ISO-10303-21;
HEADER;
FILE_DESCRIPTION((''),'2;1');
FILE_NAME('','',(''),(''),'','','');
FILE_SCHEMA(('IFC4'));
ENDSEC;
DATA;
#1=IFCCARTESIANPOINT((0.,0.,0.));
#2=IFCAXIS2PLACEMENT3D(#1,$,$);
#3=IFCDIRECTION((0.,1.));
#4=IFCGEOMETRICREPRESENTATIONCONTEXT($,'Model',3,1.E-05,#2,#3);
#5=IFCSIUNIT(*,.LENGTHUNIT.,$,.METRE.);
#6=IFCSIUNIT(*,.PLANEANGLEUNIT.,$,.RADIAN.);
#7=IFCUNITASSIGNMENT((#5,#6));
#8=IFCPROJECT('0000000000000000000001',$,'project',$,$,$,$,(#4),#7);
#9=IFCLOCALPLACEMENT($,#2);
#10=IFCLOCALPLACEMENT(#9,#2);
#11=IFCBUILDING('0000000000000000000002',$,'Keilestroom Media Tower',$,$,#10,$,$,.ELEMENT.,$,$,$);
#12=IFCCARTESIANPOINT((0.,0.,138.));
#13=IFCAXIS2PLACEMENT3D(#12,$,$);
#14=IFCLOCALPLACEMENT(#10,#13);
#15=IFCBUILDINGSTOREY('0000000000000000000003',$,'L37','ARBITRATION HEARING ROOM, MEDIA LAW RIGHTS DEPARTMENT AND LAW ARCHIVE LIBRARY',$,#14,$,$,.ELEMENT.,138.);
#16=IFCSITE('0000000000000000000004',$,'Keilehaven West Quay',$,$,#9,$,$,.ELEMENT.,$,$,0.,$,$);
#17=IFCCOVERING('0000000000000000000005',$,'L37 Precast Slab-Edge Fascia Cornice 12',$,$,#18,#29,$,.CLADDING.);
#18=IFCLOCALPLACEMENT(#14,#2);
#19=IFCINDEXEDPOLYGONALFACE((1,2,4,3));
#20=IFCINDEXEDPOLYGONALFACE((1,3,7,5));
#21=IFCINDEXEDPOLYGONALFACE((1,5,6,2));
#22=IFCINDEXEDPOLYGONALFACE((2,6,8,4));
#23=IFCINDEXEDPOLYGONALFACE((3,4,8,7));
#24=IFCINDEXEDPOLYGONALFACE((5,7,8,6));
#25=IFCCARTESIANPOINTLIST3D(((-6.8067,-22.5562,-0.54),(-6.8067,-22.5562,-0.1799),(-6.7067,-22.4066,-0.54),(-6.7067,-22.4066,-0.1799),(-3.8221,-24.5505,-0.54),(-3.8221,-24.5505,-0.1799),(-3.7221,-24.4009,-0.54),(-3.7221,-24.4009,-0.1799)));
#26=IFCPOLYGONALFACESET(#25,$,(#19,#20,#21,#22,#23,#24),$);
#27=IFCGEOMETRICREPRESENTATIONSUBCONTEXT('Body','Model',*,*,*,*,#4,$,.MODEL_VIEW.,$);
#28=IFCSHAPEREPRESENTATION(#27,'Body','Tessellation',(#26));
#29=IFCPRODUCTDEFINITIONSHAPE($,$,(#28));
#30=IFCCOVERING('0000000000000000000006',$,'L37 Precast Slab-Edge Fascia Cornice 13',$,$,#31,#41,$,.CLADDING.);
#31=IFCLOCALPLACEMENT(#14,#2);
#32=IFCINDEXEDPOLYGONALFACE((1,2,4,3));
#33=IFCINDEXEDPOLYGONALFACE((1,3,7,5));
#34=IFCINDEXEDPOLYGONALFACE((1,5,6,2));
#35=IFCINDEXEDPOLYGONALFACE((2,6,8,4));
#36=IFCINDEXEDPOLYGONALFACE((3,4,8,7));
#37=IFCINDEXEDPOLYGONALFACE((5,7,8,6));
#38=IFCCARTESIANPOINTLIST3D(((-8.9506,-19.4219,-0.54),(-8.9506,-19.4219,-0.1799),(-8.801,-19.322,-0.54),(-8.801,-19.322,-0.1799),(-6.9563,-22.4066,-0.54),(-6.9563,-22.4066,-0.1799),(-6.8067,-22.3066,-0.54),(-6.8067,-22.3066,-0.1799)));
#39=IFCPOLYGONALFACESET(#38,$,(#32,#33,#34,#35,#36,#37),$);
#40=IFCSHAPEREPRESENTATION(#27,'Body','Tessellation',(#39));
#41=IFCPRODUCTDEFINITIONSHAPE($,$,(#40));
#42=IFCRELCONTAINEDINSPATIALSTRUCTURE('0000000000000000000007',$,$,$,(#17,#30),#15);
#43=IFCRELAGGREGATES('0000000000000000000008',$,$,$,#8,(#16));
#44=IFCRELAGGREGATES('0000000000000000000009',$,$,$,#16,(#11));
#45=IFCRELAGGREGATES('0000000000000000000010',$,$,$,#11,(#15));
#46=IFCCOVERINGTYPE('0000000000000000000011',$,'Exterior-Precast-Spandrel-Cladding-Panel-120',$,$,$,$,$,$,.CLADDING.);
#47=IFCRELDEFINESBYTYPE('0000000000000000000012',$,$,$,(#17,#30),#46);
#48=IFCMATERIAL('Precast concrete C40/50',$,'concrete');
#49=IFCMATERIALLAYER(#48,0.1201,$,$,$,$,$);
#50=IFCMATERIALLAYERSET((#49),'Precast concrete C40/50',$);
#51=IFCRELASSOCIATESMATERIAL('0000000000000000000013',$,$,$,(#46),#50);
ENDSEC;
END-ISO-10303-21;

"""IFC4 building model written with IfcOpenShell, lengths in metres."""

from ifc_helpers import new_model, si_unit, direction, frame, origin, origin_2d, place, context, subcontext, project, spatial, rectangle, extrude, source, transform, mapped, material, layer, layer_set, type_object, element, save


model = new_model("IFC4")

# Units and contexts
model_context = context("Model", 3, precision=1e-05, world=origin(), true_north=direction((0.0, 1.0)))
body_context = subcontext(model_context, "Body", "Model", "MODEL_VIEW")
ifc_project = project(units=[si_unit("LENGTHUNIT", "METRE"), si_unit("PLANEANGLEUNIT", "RADIAN")], contexts=[model_context])

# Site, building, storey
site_placement = place(None, origin())
site = spatial("IfcSite", under=ifc_project, at=site_placement, Name="Keilehaven West Quay", CompositionType="ELEMENT", RefElevation=0.0)
building_placement = place(site_placement, origin())
building = spatial("IfcBuilding", under=site, at=building_placement, Name="Keilestroom Media Tower", CompositionType="ELEMENT")
storey_placement = place(building_placement, frame((0.0, 0.0, 138.0)))
storey = spatial("IfcBuildingStorey", under=building, at=storey_placement, Name="L37", Description="ARBITRATION HEARING ROOM, MEDIA LAW RIGHTS DEPARTMENT AND LAW ARCHIVE LIBRARY", CompositionType="ELEMENT", Elevation=138.0)

# Shared definitions
ifc_material_1 = material(Name="Precast concrete C40/50", Category="concrete")

# Coverings
ifc_layer_1 = layer(ifc_material_1, 0.1201)
ifc_layer_set_1 = layer_set([ifc_layer_1], Name="Precast concrete C40/50")
covering_type = type_object("IfcCoveringType", Name="Exterior-Precast-Spandrel-Cladding-Panel-120", PredefinedType="CLADDING", material=ifc_layer_set_1)
shared_shape_1 = source(origin(), body_context, "Body", "SweptSolid", [
    extrude(rectangle(XDim=3.5896, YDim=0.1799, at=origin_2d()), origin(), (0.0, 0.0, 1.0), 0.3601),
])
for number, where, z_axis, x_axis, name in (
    (1, (-5.2644, -23.4785, -0.54), (0.0, 0.0, 1.0), (-0.831467, 0.555575, 0.0), "L37 Precast Slab-Edge Fascia Cornice 12"),
    (2, (-7.8787, -20.8643, -0.54), (0.0, 0.0, 1.0), (-0.555575, 0.831467, 0.0), "L37 Precast Slab-Edge Fascia Cornice 13"),
):
    element("IfcCovering", number, at=place(storey_placement, frame(where, z_axis=z_axis, x_axis=x_axis)), inside=storey, type_object=covering_type, Name=name, PredefinedType="CLADDING", context=body_context, shape_type="MappedRepresentation", body=[
        mapped(shared_shape_1, transform((0.0, 0.0, 0.0), x_axis=(1.0, 0.0, 0.0), y_axis=(0.0, 1.0, 0.0), z_axis=(0.0, 0.0, 1.0), scale=1.0)),
    ])

save(model, "model.ifc")
